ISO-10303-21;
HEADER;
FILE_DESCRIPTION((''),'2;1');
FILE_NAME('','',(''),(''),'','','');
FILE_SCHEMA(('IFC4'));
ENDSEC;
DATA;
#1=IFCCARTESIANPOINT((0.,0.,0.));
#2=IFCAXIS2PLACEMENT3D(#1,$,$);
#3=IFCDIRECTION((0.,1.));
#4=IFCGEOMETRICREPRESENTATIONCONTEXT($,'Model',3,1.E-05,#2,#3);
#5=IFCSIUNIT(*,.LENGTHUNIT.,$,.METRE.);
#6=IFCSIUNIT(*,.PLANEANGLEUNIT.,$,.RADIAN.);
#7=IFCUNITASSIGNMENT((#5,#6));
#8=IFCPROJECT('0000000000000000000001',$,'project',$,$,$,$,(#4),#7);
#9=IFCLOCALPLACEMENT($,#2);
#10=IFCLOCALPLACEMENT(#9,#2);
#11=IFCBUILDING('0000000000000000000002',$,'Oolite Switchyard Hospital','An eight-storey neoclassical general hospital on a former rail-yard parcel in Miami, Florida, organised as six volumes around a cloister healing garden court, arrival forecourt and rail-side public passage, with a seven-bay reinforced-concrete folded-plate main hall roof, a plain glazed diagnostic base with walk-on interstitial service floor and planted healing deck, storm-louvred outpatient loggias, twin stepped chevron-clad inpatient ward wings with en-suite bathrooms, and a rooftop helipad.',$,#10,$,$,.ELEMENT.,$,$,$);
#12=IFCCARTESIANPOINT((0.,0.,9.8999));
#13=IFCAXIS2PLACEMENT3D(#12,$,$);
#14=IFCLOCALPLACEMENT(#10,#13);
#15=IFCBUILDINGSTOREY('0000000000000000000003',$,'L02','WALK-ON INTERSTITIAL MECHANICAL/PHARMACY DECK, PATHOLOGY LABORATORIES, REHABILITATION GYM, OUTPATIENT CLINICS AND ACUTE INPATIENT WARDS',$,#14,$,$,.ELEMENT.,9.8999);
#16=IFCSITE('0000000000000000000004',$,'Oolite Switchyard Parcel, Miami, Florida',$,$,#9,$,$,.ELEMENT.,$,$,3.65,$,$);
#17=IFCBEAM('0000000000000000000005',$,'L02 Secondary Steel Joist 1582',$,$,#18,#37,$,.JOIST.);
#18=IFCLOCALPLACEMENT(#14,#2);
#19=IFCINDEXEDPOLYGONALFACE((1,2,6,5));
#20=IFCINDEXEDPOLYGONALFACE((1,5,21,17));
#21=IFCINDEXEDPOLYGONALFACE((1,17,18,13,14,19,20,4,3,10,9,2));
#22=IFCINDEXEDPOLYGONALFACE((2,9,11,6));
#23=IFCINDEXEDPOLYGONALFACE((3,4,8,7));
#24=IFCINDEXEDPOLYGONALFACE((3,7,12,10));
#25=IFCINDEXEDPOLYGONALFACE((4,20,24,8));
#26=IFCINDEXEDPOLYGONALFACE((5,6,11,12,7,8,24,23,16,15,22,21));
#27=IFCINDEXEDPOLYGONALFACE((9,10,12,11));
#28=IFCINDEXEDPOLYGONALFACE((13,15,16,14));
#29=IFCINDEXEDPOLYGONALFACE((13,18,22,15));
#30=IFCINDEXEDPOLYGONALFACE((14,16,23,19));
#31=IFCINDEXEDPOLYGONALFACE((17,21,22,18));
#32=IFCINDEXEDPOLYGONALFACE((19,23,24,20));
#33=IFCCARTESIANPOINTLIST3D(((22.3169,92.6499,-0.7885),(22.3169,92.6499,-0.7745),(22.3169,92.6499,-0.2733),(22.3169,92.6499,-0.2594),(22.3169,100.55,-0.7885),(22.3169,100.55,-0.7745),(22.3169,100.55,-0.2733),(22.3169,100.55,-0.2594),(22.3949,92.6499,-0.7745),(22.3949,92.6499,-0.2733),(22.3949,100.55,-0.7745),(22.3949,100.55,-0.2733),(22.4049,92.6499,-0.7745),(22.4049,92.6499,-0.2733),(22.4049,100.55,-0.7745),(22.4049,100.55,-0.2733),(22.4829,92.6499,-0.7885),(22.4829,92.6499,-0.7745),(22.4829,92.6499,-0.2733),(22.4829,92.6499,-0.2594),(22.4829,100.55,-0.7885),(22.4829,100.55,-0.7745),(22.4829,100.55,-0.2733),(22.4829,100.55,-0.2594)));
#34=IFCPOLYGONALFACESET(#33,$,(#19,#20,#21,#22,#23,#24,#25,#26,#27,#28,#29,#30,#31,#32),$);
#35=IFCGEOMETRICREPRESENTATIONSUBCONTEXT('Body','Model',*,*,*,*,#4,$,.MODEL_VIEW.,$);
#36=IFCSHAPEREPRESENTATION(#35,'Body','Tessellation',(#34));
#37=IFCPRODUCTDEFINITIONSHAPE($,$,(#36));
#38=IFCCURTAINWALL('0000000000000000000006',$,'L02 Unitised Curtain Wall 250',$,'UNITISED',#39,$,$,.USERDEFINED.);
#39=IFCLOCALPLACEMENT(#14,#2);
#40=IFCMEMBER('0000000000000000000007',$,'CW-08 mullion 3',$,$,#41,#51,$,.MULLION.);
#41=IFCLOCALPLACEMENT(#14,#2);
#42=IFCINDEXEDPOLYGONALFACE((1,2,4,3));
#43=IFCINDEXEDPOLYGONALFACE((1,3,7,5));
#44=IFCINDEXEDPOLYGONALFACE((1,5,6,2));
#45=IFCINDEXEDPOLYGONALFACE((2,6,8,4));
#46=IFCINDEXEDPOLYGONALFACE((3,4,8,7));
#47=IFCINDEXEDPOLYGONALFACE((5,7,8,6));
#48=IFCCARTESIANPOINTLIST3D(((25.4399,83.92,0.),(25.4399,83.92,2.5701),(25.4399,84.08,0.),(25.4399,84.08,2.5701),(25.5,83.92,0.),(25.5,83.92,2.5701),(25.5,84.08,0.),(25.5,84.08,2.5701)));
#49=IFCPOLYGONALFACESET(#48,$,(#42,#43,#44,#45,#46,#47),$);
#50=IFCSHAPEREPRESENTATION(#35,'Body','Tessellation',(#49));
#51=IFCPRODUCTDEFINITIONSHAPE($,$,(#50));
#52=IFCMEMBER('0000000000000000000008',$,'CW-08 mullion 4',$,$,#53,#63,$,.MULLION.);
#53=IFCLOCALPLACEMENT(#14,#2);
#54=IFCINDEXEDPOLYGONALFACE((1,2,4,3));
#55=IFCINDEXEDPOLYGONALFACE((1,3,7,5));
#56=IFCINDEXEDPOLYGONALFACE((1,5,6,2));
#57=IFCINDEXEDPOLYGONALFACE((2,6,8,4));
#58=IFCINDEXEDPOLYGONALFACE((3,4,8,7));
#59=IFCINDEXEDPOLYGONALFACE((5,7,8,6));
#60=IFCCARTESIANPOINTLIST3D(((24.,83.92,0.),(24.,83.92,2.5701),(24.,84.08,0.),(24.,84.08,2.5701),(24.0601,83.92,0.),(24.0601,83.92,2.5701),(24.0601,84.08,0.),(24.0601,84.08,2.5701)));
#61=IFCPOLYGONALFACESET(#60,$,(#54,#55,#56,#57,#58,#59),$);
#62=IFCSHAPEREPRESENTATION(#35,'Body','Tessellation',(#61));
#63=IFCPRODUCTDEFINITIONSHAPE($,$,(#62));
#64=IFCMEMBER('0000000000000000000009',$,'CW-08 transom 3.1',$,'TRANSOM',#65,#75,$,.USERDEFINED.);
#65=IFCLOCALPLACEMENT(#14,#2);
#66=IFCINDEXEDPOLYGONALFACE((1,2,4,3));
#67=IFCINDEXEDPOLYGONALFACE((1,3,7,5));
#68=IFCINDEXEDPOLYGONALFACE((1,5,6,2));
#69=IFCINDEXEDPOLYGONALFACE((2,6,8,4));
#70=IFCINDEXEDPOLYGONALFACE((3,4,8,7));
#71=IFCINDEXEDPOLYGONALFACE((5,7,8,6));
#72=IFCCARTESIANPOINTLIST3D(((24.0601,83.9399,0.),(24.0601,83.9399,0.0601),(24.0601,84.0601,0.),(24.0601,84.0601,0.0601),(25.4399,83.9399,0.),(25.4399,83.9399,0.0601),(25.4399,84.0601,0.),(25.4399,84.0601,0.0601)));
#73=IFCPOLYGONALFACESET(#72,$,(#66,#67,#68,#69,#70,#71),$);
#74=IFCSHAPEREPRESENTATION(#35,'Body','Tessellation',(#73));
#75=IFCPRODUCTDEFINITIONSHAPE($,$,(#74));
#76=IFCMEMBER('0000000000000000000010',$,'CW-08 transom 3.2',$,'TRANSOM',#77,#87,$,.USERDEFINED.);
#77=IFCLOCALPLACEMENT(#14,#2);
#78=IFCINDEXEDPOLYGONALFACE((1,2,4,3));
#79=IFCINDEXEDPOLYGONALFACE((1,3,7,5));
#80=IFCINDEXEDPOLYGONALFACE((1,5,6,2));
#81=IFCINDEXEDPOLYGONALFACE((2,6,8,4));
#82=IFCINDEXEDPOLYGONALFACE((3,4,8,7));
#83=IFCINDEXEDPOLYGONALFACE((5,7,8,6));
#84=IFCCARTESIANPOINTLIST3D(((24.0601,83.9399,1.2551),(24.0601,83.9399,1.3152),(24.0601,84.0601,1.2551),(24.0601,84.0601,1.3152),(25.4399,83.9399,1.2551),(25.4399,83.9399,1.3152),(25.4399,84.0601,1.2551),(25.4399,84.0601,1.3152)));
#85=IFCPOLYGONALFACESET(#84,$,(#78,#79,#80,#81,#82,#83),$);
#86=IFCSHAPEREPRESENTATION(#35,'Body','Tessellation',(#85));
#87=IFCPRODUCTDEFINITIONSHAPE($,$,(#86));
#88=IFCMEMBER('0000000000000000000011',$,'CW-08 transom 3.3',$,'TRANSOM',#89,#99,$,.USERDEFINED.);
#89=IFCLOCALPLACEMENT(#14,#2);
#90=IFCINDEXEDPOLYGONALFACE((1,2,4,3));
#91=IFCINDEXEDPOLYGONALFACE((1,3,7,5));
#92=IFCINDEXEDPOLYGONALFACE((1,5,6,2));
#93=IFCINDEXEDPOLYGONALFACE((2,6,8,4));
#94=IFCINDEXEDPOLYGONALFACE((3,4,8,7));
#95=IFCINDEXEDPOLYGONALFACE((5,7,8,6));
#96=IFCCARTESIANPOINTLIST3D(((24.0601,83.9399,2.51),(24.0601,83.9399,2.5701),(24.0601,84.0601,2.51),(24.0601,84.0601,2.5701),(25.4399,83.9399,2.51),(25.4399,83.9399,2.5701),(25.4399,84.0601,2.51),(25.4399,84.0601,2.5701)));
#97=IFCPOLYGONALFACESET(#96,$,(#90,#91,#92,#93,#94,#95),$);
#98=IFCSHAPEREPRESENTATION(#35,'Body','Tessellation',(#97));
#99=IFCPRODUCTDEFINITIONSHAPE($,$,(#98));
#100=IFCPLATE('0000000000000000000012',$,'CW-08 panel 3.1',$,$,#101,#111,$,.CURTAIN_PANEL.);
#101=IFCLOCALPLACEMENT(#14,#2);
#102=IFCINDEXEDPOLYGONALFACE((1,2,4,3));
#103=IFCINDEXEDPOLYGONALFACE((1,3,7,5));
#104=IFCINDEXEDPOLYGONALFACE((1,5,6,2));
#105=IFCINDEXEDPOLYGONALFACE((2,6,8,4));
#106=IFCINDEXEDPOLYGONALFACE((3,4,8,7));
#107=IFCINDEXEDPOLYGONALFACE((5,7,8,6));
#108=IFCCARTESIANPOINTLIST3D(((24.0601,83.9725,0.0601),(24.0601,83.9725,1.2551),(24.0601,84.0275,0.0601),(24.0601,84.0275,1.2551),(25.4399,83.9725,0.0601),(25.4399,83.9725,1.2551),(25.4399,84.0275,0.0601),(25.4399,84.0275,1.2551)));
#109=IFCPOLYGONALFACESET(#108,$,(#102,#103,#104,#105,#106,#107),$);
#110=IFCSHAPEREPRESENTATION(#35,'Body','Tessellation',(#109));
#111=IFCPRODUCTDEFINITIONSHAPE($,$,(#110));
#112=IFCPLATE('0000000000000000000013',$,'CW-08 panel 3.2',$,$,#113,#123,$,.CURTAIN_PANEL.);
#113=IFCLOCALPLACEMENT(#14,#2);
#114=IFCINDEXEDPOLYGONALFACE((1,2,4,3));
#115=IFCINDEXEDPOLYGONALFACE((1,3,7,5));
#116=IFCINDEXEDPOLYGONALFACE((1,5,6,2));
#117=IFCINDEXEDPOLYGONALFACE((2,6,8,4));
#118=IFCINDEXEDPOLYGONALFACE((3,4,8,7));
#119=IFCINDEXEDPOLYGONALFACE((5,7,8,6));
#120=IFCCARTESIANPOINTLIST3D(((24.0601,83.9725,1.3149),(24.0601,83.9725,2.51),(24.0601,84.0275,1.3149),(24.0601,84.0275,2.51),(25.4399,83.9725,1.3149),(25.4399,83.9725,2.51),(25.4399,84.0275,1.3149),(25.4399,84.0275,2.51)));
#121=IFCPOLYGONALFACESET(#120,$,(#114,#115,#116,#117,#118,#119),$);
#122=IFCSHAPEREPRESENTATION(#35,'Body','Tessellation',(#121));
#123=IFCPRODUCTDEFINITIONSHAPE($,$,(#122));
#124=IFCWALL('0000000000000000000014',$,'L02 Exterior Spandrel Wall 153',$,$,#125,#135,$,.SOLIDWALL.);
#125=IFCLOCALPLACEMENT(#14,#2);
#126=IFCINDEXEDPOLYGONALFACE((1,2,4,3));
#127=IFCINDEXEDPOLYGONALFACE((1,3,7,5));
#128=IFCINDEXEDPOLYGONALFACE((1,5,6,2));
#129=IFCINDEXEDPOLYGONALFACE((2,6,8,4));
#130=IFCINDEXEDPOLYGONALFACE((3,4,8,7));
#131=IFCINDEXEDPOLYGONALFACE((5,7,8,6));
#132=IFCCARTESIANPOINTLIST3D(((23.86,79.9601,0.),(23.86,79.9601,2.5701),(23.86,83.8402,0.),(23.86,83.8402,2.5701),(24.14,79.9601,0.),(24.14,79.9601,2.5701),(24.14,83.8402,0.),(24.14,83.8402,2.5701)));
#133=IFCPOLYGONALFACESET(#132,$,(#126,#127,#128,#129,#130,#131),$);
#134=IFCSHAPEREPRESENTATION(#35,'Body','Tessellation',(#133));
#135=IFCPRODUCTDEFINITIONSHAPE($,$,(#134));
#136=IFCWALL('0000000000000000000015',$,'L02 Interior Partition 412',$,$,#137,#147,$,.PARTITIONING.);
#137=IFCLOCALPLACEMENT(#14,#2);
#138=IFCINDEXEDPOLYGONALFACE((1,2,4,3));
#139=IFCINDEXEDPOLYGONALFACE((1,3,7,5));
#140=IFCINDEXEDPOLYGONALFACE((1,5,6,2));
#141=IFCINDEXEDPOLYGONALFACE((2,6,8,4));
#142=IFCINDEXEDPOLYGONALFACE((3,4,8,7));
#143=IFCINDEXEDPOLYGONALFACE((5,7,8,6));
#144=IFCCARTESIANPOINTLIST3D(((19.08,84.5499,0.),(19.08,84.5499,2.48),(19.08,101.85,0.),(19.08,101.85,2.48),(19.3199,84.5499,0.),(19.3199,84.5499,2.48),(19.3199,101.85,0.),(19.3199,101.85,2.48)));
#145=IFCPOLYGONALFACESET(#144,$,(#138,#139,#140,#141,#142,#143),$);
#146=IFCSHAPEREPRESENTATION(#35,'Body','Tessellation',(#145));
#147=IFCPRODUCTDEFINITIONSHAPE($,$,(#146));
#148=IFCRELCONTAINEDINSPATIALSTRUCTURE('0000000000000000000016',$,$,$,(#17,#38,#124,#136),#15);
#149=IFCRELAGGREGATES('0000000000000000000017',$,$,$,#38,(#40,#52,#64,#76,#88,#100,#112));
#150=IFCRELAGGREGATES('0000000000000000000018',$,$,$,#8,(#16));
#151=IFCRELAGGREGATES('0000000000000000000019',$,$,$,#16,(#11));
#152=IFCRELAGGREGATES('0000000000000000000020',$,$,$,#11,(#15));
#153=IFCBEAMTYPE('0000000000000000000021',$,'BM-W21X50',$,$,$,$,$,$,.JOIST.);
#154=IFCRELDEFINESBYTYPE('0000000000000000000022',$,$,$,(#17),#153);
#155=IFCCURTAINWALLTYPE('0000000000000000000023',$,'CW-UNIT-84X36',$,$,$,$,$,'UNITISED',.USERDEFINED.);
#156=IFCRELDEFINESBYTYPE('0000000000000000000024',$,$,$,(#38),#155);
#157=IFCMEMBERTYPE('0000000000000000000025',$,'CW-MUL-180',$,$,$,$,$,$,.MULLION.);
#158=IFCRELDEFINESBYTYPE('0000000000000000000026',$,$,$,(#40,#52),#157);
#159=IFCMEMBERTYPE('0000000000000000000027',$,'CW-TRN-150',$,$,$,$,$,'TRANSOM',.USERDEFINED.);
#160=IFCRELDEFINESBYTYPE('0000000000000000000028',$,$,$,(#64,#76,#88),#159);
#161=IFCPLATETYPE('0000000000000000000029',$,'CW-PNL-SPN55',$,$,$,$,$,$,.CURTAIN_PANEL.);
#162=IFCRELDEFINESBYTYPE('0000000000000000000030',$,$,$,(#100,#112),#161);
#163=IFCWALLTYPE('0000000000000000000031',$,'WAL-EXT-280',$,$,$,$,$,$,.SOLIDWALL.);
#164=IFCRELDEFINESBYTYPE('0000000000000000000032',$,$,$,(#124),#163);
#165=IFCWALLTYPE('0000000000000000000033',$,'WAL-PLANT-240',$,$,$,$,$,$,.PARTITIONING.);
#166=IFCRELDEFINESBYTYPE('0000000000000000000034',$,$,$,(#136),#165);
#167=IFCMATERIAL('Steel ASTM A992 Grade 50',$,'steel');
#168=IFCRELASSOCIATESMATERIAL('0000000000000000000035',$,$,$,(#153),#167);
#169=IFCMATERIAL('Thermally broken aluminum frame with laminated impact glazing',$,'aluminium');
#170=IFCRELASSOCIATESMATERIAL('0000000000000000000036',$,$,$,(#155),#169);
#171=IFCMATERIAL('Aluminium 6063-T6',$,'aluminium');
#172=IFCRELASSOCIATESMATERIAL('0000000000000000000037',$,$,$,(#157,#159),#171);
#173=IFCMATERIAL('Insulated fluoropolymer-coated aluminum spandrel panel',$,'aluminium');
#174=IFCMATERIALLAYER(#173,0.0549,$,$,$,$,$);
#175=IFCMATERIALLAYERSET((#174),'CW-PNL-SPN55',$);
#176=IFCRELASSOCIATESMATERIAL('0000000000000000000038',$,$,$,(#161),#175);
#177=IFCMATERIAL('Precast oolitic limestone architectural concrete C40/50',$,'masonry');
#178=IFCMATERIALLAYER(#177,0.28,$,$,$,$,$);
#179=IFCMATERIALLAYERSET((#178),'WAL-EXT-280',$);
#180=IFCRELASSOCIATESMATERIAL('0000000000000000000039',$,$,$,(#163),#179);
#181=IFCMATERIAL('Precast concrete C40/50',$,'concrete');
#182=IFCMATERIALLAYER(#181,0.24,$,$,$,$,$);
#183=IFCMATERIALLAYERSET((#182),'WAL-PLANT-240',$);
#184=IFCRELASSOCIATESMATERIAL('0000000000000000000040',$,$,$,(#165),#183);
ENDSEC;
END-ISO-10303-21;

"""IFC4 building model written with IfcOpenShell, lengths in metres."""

from ifc_helpers import new_model, si_unit, direction, frame, frame_2d, origin, origin_2d, place, context, subcontext, project, spatial, rectangle, i_section, extrude, material, layer, layer_set, material_profile, profile_set, type_object, element, aggregate, save


model = new_model("IFC4")

# Units and contexts
model_context = context("Model", 3, precision=1e-05, world=origin(), true_north=direction((0.0, 1.0)))
body_context = subcontext(model_context, "Body", "Model", "MODEL_VIEW")
ifc_project = project(units=[si_unit("LENGTHUNIT", "METRE"), si_unit("PLANEANGLEUNIT", "RADIAN")], contexts=[model_context])

# Site, building, storey
site_placement = place(None, origin())
site = spatial("IfcSite", under=ifc_project, at=site_placement, Name="Oolite Switchyard Parcel, Miami, Florida", CompositionType="ELEMENT", RefElevation=3.65)
building_placement = place(site_placement, origin())
building = spatial("IfcBuilding", under=site, at=building_placement, Name="Oolite Switchyard Hospital", Description="An eight-storey neoclassical general hospital on a former rail-yard parcel in Miami, Florida, organised as six volumes around a cloister healing garden court, arrival forecourt and rail-side public passage, with a seven-bay reinforced-concrete folded-plate main hall roof, a plain glazed diagnostic base with walk-on interstitial service floor and planted healing deck, storm-louvred outpatient loggias, twin stepped chevron-clad inpatient ward wings with en-suite bathrooms, and a rooftop helipad.", CompositionType="ELEMENT")
storey_placement = place(building_placement, frame((0.0, 0.0, 9.8999)))
storey = spatial("IfcBuildingStorey", under=building, at=storey_placement, Name="L02", Description="WALK-ON INTERSTITIAL MECHANICAL/PHARMACY DECK, PATHOLOGY LABORATORIES, REHABILITATION GYM, OUTPATIENT CLINICS AND ACUTE INPATIENT WARDS", CompositionType="ELEMENT", Elevation=9.8999)

# Beam
ifc_material_1 = material(Name="Steel ASTM A992 Grade 50", Category="steel")
ifc_material_profile_1 = material_profile(ifc_material_1, i_section(OverallWidth=0.166, OverallDepth=0.5291, WebThickness=0.01, FlangeThickness=0.0139, at=origin_2d()), Name="W21X50")
ifc_profile_set_1 = profile_set([ifc_material_profile_1], Name="Steel ASTM A992 Grade 50")
beam_type_1 = type_object("IfcBeamType", Name="BM-W21X50", PredefinedType="JOIST", material=ifc_profile_set_1)
beam_1_placement = place(storey_placement, frame((22.3999, 92.6499, -0.5239), z_axis=(0.0, 1.0, 0.0), x_axis=(-1.0, 0.0, 0.0)))
element("IfcBeam", 1, at=beam_1_placement, inside=storey, type_object=beam_type_1, Name="L02 Secondary Steel Joist 1582", PredefinedType="JOIST", context=body_context, shape_type="SweptSolid", body=[
    extrude(i_section(OverallWidth=0.166, OverallDepth=0.5291, WebThickness=0.01, FlangeThickness=0.0139, at=origin_2d()), origin(), (0.0, 0.0, 1.0), 7.9001),
])

# Curtain wall, members, plates
ifc_material_2 = material(Name="Thermally broken aluminum frame with laminated impact glazing", Category="aluminium")
curtain_wall_type = type_object("IfcCurtainWallType", Name="CW-UNIT-84X36", ElementType="UNITISED", PredefinedType="USERDEFINED", material=ifc_material_2)
curtain_wall_placement = place(storey_placement, origin())
curtain_wall = element("IfcCurtainWall", 2, at=curtain_wall_placement, inside=storey, type_object=curtain_wall_type, Name="L02 Unitised Curtain Wall 250", ObjectType="UNITISED", PredefinedType="USERDEFINED")
ifc_material_3 = material(Name="Aluminium 6063-T6", Category="aluminium")
ifc_material_profile_2 = material_profile(ifc_material_3, rectangle(XDim=0.1599, YDim=0.0601, at=origin_2d()), Name="CWM60X160")
ifc_profile_set_2 = profile_set([ifc_material_profile_2], Name="Aluminium 6063-T6")
member_type_1 = type_object("IfcMemberType", Name="CW-MUL-180", PredefinedType="MULLION", material=ifc_profile_set_2)
member_1_placement = place(storey_placement, frame((25.47, 84.0, 0.0), z_axis=(0.0, 0.0, 1.0), x_axis=(0.0, -1.0, 0.0)))
member_1 = element("IfcMember", 3, at=member_1_placement, type_object=member_type_1, Name="CW-08 mullion 3", PredefinedType="MULLION", context=body_context, shape_type="SweptSolid", body=[
    extrude(rectangle(XDim=0.1599, YDim=0.0601, at=origin_2d()), origin(), (0.0, 0.0, 1.0), 2.5701),
])
member_2_placement = place(storey_placement, frame((24.03, 84.0, 0.0), z_axis=(0.0, 0.0, 1.0), x_axis=(0.0, -1.0, 0.0)))
member_2 = element("IfcMember", 4, at=member_2_placement, type_object=member_type_1, Name="CW-08 mullion 4", PredefinedType="MULLION", context=body_context, shape_type="SweptSolid", body=[
    extrude(rectangle(XDim=0.1599, YDim=0.0601, at=origin_2d()), origin(), (0.0, 0.0, 1.0), 2.5701),
])
ifc_material_profile_3 = material_profile(ifc_material_3, rectangle(XDim=0.1201, YDim=0.0601, at=origin_2d()), Name="CWT60X120")
ifc_profile_set_3 = profile_set([ifc_material_profile_3], Name="Aluminium 6063-T6")
member_type_2 = type_object("IfcMemberType", Name="CW-TRN-150", ElementType="TRANSOM", PredefinedType="USERDEFINED", material=ifc_profile_set_3)
member_3_placement = place(storey_placement, frame((25.4399, 84.0, 0.03), z_axis=(-1.0, 0.0, 0.0), x_axis=(0.0, -1.0, 0.0)))
member_3 = element("IfcMember", 5, at=member_3_placement, type_object=member_type_2, Name="CW-08 transom 3.1", ObjectType="TRANSOM", PredefinedType="USERDEFINED", context=body_context, shape_type="SweptSolid", body=[
    extrude(rectangle(XDim=0.1201, YDim=0.0601, at=origin_2d()), origin(), (0.0, 0.0, 1.0), 1.3799),
])
member_4_placement = place(storey_placement, frame((25.4399, 84.0, 1.2852), z_axis=(-1.0, 0.0, 0.0), x_axis=(0.0, -1.0, 0.0)))
member_4 = element("IfcMember", 6, at=member_4_placement, type_object=member_type_2, Name="CW-08 transom 3.2", ObjectType="TRANSOM", PredefinedType="USERDEFINED", context=body_context, shape_type="SweptSolid", body=[
    extrude(rectangle(XDim=0.1201, YDim=0.0601, at=origin_2d()), origin(), (0.0, 0.0, 1.0), 1.3799),
])
member_5_placement = place(storey_placement, frame((25.4399, 84.0, 2.54), z_axis=(-1.0, 0.0, 0.0), x_axis=(0.0, -1.0, 0.0)))
member_5 = element("IfcMember", 7, at=member_5_placement, type_object=member_type_2, Name="CW-08 transom 3.3", ObjectType="TRANSOM", PredefinedType="USERDEFINED", context=body_context, shape_type="SweptSolid", body=[
    extrude(rectangle(XDim=0.1201, YDim=0.0601, at=origin_2d()), origin(), (0.0, 0.0, 1.0), 1.3799),
])
ifc_material_4 = material(Name="Insulated fluoropolymer-coated aluminum spandrel panel", Category="aluminium")
ifc_layer_1 = layer(ifc_material_4, 0.0549)
ifc_layer_set_1 = layer_set([ifc_layer_1], Name="CW-PNL-SPN55")
plate_type = type_object("IfcPlateType", Name="CW-PNL-SPN55", PredefinedType="CURTAIN_PANEL", material=ifc_layer_set_1)
plate_1_placement = place(storey_placement, frame((24.75, 84.0, 0.0601), z_axis=(0.0, 0.0, 1.0), x_axis=(-1.0, 0.0, 0.0)))
plate_1 = element("IfcPlate", 8, at=plate_1_placement, type_object=plate_type, Name="CW-08 panel 3.1", PredefinedType="CURTAIN_PANEL", context=body_context, shape_type="SweptSolid", body=[
    extrude(rectangle(XDim=1.3799, YDim=0.0549, at=origin_2d()), origin(), (0.0, 0.0, 1.0), 1.1951),
])
plate_2_placement = place(storey_placement, frame((24.75, 84.0, 1.3149), z_axis=(0.0, 0.0, 1.0), x_axis=(-1.0, 0.0, 0.0)))
plate_2 = element("IfcPlate", 9, at=plate_2_placement, type_object=plate_type, Name="CW-08 panel 3.2", PredefinedType="CURTAIN_PANEL", context=body_context, shape_type="SweptSolid", body=[
    extrude(rectangle(XDim=1.3799, YDim=0.0549, at=origin_2d()), origin(), (0.0, 0.0, 1.0), 1.1951),
])
aggregate(curtain_wall, [member_1, member_2, member_3, member_4, member_5, plate_1, plate_2])

# Walls
ifc_material_5 = material(Name="Precast oolitic limestone architectural concrete C40/50", Category="masonry")
ifc_layer_2 = layer(ifc_material_5, 0.28)
ifc_layer_set_2 = layer_set([ifc_layer_2], Name="WAL-EXT-280")
wall_type_1 = type_object("IfcWallType", Name="WAL-EXT-280", PredefinedType="SOLIDWALL", material=ifc_layer_set_2)
wall_1_placement = place(storey_placement, frame((24.0, 83.8401, 0.0), z_axis=(0.0, 0.0, 1.0), x_axis=(0.0, -1.0, 0.0)))
element("IfcWall", 10, at=wall_1_placement, inside=storey, type_object=wall_type_1, Name="L02 Exterior Spandrel Wall 153", PredefinedType="SOLIDWALL", context=body_context, shape_type="SweptSolid", body=[
    extrude(rectangle(XDim=3.8801, YDim=0.28, at=frame_2d((1.9399, 0.0))), origin(), (0.0, 0.0, 1.0), 2.5701),
])
ifc_material_6 = material(Name="Precast concrete C40/50", Category="concrete")
ifc_layer_3 = layer(ifc_material_6, 0.24)
ifc_layer_set_3 = layer_set([ifc_layer_3], Name="WAL-PLANT-240")
wall_type_2 = type_object("IfcWallType", Name="WAL-PLANT-240", PredefinedType="PARTITIONING", material=ifc_layer_set_3)
wall_2_placement = place(storey_placement, frame((19.2, 84.55, 0.0), z_axis=(0.0, 0.0, 1.0), x_axis=(0.0, 1.0, 0.0)))
element("IfcWall", 11, at=wall_2_placement, inside=storey, type_object=wall_type_2, Name="L02 Interior Partition 412", PredefinedType="PARTITIONING", context=body_context, shape_type="SweptSolid", body=[
    extrude(rectangle(XDim=17.3, YDim=0.24, at=frame_2d((8.6499, 0.0))), origin(), (0.0, 0.0, 1.0), 2.48),
])

save(model, "model.ifc")
